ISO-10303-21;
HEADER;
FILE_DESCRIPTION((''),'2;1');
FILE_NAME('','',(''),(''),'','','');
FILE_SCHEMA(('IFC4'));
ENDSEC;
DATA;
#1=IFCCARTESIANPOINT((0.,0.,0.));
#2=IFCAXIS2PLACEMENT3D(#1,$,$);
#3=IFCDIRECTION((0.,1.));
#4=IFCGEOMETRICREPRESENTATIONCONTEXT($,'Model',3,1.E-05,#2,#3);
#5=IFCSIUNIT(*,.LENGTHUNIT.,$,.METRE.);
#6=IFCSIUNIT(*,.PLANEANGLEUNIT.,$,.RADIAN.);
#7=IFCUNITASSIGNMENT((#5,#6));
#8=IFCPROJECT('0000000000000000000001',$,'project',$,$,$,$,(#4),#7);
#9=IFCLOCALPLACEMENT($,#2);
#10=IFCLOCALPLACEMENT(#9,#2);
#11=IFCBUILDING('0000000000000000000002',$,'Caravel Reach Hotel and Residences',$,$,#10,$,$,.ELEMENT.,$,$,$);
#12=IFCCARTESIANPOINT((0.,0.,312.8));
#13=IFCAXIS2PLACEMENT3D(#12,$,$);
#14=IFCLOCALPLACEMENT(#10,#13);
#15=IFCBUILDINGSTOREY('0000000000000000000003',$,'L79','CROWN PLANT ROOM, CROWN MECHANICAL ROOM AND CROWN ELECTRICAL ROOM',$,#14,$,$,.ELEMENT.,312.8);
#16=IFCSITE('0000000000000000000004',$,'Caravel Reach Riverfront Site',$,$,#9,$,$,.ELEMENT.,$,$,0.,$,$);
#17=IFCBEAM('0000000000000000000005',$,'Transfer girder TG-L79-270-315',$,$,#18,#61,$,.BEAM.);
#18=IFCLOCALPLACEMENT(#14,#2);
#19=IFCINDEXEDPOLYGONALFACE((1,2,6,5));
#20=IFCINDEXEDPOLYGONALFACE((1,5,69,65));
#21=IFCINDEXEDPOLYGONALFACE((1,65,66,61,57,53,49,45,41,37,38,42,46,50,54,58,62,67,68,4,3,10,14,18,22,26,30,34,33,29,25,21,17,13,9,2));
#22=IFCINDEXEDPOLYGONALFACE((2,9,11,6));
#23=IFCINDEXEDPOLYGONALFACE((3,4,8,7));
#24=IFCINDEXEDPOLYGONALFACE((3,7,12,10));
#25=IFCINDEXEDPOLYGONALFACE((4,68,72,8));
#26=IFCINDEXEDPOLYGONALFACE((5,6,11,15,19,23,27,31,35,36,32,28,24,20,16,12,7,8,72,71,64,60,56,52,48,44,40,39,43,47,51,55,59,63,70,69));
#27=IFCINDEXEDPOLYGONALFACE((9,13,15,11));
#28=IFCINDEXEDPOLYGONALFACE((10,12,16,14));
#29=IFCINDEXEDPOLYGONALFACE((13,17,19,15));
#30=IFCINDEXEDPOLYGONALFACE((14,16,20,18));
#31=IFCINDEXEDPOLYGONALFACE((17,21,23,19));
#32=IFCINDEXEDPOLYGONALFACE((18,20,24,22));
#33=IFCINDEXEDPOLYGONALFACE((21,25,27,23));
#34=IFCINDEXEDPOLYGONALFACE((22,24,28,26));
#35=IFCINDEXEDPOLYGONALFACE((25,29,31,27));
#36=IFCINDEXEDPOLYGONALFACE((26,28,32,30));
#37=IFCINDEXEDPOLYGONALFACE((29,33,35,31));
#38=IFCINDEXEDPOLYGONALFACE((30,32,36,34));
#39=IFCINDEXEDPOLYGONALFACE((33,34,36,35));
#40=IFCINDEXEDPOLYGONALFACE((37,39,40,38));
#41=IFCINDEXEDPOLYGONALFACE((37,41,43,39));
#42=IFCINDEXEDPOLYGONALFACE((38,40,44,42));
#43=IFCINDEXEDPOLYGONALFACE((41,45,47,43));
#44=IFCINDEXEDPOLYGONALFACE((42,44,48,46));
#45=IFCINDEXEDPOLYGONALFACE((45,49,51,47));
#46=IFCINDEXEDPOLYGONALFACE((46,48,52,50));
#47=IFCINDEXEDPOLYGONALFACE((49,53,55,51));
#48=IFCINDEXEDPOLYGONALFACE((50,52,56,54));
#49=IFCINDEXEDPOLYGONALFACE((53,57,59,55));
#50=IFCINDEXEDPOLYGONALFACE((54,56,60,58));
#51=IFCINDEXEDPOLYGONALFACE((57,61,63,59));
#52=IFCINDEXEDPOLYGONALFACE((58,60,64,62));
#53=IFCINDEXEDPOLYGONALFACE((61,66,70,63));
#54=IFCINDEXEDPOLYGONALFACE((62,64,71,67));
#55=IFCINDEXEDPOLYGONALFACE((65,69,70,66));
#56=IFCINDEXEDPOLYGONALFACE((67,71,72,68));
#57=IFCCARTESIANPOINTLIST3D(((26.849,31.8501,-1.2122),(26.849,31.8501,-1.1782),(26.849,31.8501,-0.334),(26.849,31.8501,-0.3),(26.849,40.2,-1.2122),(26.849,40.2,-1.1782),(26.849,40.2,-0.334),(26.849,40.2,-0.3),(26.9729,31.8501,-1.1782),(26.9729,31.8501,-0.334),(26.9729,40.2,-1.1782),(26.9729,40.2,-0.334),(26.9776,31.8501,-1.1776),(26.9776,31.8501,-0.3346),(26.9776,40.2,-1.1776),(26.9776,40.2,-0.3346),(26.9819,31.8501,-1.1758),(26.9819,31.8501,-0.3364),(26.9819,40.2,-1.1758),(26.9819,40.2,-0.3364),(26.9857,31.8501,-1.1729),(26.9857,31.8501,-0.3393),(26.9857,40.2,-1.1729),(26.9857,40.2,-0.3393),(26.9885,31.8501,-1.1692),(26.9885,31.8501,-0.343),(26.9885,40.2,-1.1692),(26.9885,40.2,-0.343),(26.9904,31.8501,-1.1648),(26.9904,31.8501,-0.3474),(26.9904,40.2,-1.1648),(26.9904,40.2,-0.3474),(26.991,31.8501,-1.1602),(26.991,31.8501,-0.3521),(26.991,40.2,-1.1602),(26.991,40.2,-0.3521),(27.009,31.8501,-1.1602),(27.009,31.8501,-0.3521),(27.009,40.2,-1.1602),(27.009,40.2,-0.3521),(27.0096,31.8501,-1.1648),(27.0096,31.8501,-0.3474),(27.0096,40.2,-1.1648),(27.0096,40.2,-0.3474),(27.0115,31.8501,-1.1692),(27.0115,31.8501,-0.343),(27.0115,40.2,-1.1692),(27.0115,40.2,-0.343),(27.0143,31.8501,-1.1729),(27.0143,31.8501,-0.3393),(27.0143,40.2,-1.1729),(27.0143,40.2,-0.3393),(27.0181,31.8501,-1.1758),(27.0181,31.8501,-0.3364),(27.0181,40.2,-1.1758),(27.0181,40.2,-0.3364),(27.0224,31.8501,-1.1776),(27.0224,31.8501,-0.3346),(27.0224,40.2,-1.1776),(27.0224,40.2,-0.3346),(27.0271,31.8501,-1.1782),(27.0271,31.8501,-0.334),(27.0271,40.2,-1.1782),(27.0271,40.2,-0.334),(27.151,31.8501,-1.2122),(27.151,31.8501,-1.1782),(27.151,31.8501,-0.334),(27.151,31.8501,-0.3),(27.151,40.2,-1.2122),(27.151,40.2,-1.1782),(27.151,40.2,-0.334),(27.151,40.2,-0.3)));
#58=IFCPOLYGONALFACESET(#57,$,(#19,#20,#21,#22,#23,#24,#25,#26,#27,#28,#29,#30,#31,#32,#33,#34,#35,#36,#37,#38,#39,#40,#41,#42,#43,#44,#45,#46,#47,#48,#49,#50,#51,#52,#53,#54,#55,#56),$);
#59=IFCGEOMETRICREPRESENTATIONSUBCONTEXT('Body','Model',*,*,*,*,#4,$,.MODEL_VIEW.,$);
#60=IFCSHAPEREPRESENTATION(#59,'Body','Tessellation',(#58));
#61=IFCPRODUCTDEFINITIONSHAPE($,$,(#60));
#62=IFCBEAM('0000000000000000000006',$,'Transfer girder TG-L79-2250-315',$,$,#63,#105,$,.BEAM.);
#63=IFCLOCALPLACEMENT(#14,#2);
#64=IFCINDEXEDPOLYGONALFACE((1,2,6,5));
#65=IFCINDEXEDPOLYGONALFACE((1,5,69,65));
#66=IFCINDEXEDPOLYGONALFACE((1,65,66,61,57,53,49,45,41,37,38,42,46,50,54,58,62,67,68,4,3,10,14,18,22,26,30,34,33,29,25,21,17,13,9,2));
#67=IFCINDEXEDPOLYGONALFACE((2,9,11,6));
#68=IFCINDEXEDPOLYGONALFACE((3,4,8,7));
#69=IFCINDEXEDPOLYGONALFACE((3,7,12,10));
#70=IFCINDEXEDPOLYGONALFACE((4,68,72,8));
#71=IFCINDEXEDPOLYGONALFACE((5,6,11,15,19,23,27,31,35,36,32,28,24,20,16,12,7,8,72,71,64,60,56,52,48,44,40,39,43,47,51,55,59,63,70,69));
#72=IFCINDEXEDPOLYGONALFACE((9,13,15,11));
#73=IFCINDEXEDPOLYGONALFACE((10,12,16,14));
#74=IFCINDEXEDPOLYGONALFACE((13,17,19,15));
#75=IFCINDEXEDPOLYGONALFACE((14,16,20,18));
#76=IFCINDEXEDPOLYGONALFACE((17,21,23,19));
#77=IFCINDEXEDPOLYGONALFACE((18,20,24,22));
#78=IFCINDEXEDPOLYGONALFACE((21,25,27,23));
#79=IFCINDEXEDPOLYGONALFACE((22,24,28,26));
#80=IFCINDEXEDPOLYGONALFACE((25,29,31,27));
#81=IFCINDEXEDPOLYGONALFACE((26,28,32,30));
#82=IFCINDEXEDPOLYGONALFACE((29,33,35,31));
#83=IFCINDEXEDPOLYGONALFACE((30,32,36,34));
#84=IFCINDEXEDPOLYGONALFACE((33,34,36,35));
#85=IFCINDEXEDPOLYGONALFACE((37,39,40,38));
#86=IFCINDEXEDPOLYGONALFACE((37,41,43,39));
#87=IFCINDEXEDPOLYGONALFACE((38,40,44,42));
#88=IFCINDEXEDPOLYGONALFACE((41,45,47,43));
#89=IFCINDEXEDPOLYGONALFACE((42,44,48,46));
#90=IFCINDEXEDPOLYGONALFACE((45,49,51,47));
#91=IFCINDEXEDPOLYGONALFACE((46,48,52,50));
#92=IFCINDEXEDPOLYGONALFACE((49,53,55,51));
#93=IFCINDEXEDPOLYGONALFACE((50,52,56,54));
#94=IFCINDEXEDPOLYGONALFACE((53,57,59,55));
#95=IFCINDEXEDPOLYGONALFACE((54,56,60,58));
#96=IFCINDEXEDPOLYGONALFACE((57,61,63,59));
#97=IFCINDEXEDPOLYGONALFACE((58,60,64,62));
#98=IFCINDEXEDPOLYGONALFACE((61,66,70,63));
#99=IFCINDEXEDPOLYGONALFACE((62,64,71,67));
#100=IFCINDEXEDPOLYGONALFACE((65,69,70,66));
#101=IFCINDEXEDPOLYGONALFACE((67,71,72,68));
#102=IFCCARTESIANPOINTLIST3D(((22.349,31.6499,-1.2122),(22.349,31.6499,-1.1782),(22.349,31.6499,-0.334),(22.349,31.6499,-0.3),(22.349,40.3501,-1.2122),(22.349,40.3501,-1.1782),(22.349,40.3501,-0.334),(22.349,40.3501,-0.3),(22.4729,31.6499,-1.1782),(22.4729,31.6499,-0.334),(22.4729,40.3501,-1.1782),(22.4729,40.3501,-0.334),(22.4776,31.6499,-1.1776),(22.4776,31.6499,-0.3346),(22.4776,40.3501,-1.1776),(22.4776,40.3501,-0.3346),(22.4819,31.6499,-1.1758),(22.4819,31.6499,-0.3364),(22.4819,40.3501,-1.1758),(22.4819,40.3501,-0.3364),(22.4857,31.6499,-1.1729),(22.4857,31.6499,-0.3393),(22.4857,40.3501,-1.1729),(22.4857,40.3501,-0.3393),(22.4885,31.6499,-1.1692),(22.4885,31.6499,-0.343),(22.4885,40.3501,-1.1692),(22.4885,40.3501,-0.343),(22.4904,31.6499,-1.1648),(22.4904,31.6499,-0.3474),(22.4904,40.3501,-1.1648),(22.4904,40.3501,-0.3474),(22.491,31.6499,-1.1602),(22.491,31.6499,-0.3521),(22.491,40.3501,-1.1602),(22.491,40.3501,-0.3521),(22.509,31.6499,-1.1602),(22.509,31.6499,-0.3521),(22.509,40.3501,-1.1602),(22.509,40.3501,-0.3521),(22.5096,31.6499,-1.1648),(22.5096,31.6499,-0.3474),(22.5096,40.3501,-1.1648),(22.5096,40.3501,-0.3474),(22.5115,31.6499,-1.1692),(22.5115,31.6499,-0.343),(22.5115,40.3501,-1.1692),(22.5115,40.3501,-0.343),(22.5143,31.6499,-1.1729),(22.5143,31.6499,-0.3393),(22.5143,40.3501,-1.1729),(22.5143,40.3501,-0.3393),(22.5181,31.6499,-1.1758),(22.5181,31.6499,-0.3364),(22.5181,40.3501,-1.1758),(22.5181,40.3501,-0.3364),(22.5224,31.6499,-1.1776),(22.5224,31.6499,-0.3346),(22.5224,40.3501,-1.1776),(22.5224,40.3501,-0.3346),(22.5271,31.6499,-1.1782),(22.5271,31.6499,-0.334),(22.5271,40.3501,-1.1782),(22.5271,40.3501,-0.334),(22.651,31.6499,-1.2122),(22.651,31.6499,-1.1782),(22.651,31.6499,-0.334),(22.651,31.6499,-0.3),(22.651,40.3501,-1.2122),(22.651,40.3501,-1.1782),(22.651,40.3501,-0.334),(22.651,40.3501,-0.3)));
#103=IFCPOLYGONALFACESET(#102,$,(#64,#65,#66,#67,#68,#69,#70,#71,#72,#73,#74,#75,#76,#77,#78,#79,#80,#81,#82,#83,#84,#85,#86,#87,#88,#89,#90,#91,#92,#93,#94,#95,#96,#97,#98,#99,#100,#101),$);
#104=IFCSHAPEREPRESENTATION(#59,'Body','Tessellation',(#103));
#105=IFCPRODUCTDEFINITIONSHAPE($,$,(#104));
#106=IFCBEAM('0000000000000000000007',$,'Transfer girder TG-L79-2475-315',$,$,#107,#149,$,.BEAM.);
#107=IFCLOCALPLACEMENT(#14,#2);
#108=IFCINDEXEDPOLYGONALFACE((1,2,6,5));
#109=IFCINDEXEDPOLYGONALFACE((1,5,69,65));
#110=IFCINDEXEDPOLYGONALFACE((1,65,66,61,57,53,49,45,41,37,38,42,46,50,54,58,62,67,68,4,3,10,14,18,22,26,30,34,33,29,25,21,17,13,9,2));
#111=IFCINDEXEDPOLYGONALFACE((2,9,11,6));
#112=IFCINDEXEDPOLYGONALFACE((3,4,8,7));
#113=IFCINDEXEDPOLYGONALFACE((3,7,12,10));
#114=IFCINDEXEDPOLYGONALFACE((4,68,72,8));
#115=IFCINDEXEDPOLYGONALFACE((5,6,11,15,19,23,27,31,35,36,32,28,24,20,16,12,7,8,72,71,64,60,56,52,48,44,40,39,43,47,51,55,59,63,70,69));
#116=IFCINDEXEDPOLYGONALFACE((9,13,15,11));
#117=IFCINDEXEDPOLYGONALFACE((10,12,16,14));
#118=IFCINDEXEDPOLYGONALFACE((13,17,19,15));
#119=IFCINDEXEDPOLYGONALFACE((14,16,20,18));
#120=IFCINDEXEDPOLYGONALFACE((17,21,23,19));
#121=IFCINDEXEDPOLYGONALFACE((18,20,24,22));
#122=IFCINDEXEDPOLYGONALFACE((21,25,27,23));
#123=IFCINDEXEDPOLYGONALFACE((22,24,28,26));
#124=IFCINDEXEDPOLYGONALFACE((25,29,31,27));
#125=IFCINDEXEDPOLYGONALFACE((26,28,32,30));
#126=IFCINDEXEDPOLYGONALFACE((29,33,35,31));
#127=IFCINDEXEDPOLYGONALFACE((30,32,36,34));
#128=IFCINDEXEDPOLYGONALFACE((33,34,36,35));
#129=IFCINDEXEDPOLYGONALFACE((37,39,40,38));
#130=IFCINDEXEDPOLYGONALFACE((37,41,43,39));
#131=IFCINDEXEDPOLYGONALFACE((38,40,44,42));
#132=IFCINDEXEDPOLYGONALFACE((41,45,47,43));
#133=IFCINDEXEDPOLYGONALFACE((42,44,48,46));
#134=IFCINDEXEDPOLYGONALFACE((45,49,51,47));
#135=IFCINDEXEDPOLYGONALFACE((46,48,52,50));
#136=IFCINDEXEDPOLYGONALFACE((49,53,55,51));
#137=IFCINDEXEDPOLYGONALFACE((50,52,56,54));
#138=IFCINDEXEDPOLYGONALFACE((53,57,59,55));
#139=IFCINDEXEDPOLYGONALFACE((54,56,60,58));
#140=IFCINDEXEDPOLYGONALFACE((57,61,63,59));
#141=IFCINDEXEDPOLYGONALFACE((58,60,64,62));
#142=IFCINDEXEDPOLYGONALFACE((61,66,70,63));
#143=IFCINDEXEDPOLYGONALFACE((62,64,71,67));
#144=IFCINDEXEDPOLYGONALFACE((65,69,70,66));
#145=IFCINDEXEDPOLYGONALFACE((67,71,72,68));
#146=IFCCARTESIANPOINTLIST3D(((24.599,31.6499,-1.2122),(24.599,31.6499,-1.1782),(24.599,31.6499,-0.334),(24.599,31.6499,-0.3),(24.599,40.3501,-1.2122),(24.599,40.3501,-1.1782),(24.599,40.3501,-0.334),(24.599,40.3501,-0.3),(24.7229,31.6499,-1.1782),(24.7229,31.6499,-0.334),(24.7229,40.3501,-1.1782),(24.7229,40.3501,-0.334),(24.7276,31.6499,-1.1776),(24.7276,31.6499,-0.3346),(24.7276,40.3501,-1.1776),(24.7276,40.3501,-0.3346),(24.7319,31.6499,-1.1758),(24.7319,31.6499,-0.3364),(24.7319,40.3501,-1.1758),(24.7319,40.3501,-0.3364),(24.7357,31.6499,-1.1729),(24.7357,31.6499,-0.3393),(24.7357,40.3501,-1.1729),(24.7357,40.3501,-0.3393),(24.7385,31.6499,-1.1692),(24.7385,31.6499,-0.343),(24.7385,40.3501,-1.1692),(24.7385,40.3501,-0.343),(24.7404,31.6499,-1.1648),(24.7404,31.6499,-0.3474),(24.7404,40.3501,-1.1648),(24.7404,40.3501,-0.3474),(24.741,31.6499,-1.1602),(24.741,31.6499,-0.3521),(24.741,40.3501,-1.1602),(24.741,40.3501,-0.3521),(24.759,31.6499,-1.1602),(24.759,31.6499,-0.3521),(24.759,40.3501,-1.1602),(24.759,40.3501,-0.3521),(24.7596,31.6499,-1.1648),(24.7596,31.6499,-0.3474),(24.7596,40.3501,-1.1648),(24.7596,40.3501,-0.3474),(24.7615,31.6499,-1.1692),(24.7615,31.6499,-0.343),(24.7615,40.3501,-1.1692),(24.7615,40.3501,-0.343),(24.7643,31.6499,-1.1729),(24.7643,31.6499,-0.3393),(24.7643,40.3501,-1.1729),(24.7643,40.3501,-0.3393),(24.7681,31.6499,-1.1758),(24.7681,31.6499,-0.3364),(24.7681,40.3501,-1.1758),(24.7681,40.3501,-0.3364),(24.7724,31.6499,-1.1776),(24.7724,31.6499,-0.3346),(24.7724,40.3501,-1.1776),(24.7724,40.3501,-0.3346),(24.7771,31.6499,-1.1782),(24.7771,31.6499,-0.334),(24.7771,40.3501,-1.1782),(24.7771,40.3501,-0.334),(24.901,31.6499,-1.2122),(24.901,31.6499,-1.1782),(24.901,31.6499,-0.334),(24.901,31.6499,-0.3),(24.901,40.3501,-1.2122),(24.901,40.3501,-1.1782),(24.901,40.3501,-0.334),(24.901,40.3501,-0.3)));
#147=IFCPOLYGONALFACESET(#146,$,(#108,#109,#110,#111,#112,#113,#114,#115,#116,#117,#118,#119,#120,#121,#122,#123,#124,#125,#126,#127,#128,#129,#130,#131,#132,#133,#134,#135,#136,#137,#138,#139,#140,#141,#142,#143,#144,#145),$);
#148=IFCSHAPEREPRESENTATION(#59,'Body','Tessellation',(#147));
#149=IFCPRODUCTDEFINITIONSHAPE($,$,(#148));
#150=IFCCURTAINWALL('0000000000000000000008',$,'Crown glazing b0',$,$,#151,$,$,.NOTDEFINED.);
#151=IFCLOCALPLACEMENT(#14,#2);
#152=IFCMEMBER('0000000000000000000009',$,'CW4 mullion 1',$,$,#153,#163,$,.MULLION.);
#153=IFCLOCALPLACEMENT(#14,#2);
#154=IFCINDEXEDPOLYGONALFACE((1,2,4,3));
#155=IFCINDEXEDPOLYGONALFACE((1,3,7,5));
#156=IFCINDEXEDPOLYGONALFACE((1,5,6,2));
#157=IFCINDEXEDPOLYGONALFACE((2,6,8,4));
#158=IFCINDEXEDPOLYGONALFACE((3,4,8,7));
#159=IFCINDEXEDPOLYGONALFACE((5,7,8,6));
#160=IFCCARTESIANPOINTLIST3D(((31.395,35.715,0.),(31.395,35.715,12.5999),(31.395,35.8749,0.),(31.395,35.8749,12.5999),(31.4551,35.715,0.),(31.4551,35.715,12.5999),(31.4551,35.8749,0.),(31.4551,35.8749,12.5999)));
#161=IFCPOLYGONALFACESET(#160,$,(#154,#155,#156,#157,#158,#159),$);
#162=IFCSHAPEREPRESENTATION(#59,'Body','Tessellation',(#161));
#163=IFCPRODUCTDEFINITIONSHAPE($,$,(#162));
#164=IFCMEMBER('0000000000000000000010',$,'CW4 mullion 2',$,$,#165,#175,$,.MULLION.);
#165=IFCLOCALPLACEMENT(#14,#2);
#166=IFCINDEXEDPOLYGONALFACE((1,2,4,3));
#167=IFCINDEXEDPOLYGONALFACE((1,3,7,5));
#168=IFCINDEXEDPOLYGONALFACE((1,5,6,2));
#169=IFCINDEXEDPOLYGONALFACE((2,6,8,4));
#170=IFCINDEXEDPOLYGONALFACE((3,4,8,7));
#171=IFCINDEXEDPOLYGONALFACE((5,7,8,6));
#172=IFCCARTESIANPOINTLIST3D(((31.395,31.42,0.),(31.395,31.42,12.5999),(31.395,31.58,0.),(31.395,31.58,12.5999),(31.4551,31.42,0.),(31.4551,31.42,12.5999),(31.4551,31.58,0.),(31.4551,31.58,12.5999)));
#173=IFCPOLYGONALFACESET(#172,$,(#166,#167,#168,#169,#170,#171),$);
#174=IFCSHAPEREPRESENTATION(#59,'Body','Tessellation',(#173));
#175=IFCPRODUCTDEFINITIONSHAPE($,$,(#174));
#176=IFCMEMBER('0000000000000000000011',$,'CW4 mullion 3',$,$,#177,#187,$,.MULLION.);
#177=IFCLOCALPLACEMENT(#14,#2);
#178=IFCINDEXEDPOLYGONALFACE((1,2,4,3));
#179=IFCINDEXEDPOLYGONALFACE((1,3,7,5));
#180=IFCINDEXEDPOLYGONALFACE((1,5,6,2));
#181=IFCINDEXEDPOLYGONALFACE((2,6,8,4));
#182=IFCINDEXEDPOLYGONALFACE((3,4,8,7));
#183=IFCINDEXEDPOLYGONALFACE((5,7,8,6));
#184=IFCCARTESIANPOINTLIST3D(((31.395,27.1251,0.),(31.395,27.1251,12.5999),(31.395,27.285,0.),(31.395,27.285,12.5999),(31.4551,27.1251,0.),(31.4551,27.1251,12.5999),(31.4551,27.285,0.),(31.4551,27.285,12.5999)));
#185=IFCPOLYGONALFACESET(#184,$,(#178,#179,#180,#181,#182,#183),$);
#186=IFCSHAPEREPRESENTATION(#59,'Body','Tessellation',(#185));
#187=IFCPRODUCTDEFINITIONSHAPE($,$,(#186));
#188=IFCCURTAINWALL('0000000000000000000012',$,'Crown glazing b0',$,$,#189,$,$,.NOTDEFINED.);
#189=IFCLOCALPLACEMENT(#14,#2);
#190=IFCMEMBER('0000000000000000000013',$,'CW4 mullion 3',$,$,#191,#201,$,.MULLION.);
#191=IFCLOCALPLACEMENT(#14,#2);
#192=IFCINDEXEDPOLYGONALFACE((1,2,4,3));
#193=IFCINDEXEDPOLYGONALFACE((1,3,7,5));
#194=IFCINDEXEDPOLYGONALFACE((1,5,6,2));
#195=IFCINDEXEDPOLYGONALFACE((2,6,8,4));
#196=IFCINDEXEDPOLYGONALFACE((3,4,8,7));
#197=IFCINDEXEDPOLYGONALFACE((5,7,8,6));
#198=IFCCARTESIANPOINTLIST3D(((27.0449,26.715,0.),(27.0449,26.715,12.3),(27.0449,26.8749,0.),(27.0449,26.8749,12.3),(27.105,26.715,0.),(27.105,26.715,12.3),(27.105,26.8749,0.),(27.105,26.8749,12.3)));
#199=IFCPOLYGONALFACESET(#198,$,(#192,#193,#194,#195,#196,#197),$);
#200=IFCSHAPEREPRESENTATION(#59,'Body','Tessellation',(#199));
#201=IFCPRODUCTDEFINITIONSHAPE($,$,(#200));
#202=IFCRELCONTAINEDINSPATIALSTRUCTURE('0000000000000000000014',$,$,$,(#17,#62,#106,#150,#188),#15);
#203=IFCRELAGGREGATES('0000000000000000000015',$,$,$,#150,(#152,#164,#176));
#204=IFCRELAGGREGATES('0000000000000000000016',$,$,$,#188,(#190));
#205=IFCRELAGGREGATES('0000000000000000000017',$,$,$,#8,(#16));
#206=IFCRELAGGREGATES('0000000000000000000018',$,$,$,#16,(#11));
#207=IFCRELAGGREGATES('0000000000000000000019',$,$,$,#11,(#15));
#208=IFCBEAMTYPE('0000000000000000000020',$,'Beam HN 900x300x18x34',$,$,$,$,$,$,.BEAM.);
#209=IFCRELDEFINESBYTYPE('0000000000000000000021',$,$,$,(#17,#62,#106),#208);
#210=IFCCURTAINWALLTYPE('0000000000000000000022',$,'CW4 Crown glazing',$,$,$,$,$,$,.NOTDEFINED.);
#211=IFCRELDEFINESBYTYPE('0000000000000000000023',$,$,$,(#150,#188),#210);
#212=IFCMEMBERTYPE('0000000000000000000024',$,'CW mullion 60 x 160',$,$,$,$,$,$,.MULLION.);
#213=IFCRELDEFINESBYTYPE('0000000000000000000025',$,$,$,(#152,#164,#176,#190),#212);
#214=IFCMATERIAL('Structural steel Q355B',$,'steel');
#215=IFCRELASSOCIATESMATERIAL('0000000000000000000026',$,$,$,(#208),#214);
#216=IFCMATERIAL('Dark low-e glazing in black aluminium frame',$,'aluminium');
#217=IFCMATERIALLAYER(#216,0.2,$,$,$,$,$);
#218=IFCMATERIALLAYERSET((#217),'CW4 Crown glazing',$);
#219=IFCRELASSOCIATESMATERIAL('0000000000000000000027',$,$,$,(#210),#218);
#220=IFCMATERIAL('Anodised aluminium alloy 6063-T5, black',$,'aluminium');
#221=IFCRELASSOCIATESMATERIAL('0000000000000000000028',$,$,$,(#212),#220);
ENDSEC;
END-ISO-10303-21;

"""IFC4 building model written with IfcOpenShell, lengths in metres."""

from ifc_helpers import new_model, si_unit, direction, frame, origin, origin_2d, place, context, subcontext, project, spatial, rectangle, i_section, extrude, material, layer, layer_set, material_profile, profile_set, type_object, element, aggregate, save


model = new_model("IFC4")

# Units and contexts
model_context = context("Model", 3, precision=1e-05, world=origin(), true_north=direction((0.0, 1.0)))
body_context = subcontext(model_context, "Body", "Model", "MODEL_VIEW")
ifc_project = project(units=[si_unit("LENGTHUNIT", "METRE"), si_unit("PLANEANGLEUNIT", "RADIAN")], contexts=[model_context])

# Site, building, storey
site_placement = place(None, origin())
site = spatial("IfcSite", under=ifc_project, at=site_placement, Name="Caravel Reach Riverfront Site", CompositionType="ELEMENT", RefElevation=0.0)
building_placement = place(site_placement, origin())
building = spatial("IfcBuilding", under=site, at=building_placement, Name="Caravel Reach Hotel and Residences", CompositionType="ELEMENT")
storey_placement = place(building_placement, frame((0.0, 0.0, 312.8)))
storey = spatial("IfcBuildingStorey", under=building, at=storey_placement, Name="L79", Description="CROWN PLANT ROOM, CROWN MECHANICAL ROOM AND CROWN ELECTRICAL ROOM", CompositionType="ELEMENT", Elevation=312.8)

# Beams
ifc_material_1 = material(Name="Structural steel Q355B", Category="steel")
ifc_material_profile_1 = material_profile(ifc_material_1, i_section(OverallWidth=0.302, OverallDepth=0.9121, WebThickness=0.0181, FlangeThickness=0.0339, FilletRadius=0.0181, at=origin_2d()), Name="HN 900x300x18x34")
ifc_profile_set_1 = profile_set([ifc_material_profile_1], Name="Structural steel Q355B")
beam_type = type_object("IfcBeamType", Name="Beam HN 900x300x18x34", PredefinedType="BEAM", material=ifc_profile_set_1)
beam_1_placement = place(storey_placement, frame((27.0, 31.8501, -0.7561), z_axis=(0.0, 1.0, 0.0), x_axis=(-1.0, 0.0, 0.0)))
element("IfcBeam", 1, at=beam_1_placement, inside=storey, type_object=beam_type, Name="Transfer girder TG-L79-270-315", PredefinedType="BEAM", context=body_context, shape_type="SweptSolid", body=[
    extrude(i_section(OverallWidth=0.302, OverallDepth=0.9121, WebThickness=0.0181, FlangeThickness=0.0339, FilletRadius=0.0181, at=origin_2d()), origin(), (0.0, 0.0, 1.0), 8.3499),
])
for number, where, z_axis, x_axis, name in (
    (2, (22.5, 31.6499, -0.7561), (0.0, 1.0, 0.0), (-1.0, 0.0, 0.0), "Transfer girder TG-L79-2250-315"),
    (3, (24.75, 31.6499, -0.7561), (0.0, 1.0, 0.0), (-1.0, 0.0, 0.0), "Transfer girder TG-L79-2475-315"),
):
    element("IfcBeam", number, at=place(storey_placement, frame(where, z_axis=z_axis, x_axis=x_axis)), inside=storey, type_object=beam_type, Name=name, PredefinedType="BEAM", context=body_context, shape_type="SweptSolid", body=[
        extrude(i_section(OverallWidth=0.302, OverallDepth=0.9121, WebThickness=0.0181, FlangeThickness=0.0339, FilletRadius=0.0181, at=origin_2d()), origin(), (0.0, 0.0, 1.0), 8.7002),
    ])

# Curtain wall, members
ifc_material_2 = material(Name="Dark low-e glazing in black aluminium frame", Category="aluminium")
ifc_layer_1 = layer(ifc_material_2, 0.2)
ifc_layer_set_1 = layer_set([ifc_layer_1], Name="CW4 Crown glazing")
curtain_wall_type = type_object("IfcCurtainWallType", Name="CW4 Crown glazing", PredefinedType="NOTDEFINED", material=ifc_layer_set_1)
curtain_wall_1_placement = place(storey_placement, origin())
curtain_wall_1 = element("IfcCurtainWall", 4, at=curtain_wall_1_placement, inside=storey, type_object=curtain_wall_type, Name="Crown glazing b0", PredefinedType="NOTDEFINED")
ifc_material_3 = material(Name="Anodised aluminium alloy 6063-T5, black", Category="aluminium")
ifc_material_profile_2 = material_profile(ifc_material_3, rectangle(XDim=0.0601, YDim=0.1599, at=origin_2d()), Name="CW mullion 60 x 160")
ifc_profile_set_2 = profile_set([ifc_material_profile_2], Name="Anodised aluminium alloy 6063-T5, black")
member_type_1 = type_object("IfcMemberType", Name="CW mullion 60 x 160", PredefinedType="MULLION", material=ifc_profile_set_2)
member_1_placement = place(storey_placement, frame((31.425, 35.7949, 0.0), z_axis=(0.0, 0.0, 1.0), x_axis=(1.0, 0.0, 0.0)))
member_1 = element("IfcMember", 5, at=member_1_placement, type_object=member_type_1, Name="CW4 mullion 1", PredefinedType="MULLION", context=body_context, shape_type="SweptSolid", body=[
    extrude(rectangle(XDim=0.0601, YDim=0.1599, at=origin_2d()), origin(), (0.0, 0.0, 1.0), 12.5999),
])
member_2_placement = place(storey_placement, frame((31.425, 31.5, 0.0), z_axis=(0.0, 0.0, 1.0), x_axis=(1.0, 0.0, 0.0)))
member_2 = element("IfcMember", 6, at=member_2_placement, type_object=member_type_1, Name="CW4 mullion 2", PredefinedType="MULLION", context=body_context, shape_type="SweptSolid", body=[
    extrude(rectangle(XDim=0.0601, YDim=0.1599, at=origin_2d()), origin(), (0.0, 0.0, 1.0), 12.5999),
])
member_3_placement = place(storey_placement, frame((31.425, 27.2051, 0.0), z_axis=(0.0, 0.0, 1.0), x_axis=(1.0, 0.0, 0.0)))
member_3 = element("IfcMember", 7, at=member_3_placement, type_object=member_type_1, Name="CW4 mullion 3", PredefinedType="MULLION", context=body_context, shape_type="SweptSolid", body=[
    extrude(rectangle(XDim=0.0601, YDim=0.1599, at=origin_2d()), origin(), (0.0, 0.0, 1.0), 12.5999),
])
aggregate(curtain_wall_1, [member_1, member_2, member_3])

# Curtain wall, member
curtain_wall_2_placement = place(storey_placement, origin())
curtain_wall_2 = element("IfcCurtainWall", 8, at=curtain_wall_2_placement, inside=storey, type_object=curtain_wall_type, Name="Crown glazing b0", PredefinedType="NOTDEFINED")
member_4_placement = place(storey_placement, frame((27.075, 26.7949, 0.0), z_axis=(0.0, 0.0, 1.0), x_axis=(-1.0, 0.0, 0.0)))
member_4 = element("IfcMember", 9, at=member_4_placement, type_object=member_type_1, Name="CW4 mullion 3", PredefinedType="MULLION", context=body_context, shape_type="SweptSolid", body=[
    extrude(rectangle(XDim=0.0601, YDim=0.1599, at=origin_2d()), origin(), (0.0, 0.0, 1.0), 12.3),
])
aggregate(curtain_wall_2, [member_4])

save(model, "model.ifc")
